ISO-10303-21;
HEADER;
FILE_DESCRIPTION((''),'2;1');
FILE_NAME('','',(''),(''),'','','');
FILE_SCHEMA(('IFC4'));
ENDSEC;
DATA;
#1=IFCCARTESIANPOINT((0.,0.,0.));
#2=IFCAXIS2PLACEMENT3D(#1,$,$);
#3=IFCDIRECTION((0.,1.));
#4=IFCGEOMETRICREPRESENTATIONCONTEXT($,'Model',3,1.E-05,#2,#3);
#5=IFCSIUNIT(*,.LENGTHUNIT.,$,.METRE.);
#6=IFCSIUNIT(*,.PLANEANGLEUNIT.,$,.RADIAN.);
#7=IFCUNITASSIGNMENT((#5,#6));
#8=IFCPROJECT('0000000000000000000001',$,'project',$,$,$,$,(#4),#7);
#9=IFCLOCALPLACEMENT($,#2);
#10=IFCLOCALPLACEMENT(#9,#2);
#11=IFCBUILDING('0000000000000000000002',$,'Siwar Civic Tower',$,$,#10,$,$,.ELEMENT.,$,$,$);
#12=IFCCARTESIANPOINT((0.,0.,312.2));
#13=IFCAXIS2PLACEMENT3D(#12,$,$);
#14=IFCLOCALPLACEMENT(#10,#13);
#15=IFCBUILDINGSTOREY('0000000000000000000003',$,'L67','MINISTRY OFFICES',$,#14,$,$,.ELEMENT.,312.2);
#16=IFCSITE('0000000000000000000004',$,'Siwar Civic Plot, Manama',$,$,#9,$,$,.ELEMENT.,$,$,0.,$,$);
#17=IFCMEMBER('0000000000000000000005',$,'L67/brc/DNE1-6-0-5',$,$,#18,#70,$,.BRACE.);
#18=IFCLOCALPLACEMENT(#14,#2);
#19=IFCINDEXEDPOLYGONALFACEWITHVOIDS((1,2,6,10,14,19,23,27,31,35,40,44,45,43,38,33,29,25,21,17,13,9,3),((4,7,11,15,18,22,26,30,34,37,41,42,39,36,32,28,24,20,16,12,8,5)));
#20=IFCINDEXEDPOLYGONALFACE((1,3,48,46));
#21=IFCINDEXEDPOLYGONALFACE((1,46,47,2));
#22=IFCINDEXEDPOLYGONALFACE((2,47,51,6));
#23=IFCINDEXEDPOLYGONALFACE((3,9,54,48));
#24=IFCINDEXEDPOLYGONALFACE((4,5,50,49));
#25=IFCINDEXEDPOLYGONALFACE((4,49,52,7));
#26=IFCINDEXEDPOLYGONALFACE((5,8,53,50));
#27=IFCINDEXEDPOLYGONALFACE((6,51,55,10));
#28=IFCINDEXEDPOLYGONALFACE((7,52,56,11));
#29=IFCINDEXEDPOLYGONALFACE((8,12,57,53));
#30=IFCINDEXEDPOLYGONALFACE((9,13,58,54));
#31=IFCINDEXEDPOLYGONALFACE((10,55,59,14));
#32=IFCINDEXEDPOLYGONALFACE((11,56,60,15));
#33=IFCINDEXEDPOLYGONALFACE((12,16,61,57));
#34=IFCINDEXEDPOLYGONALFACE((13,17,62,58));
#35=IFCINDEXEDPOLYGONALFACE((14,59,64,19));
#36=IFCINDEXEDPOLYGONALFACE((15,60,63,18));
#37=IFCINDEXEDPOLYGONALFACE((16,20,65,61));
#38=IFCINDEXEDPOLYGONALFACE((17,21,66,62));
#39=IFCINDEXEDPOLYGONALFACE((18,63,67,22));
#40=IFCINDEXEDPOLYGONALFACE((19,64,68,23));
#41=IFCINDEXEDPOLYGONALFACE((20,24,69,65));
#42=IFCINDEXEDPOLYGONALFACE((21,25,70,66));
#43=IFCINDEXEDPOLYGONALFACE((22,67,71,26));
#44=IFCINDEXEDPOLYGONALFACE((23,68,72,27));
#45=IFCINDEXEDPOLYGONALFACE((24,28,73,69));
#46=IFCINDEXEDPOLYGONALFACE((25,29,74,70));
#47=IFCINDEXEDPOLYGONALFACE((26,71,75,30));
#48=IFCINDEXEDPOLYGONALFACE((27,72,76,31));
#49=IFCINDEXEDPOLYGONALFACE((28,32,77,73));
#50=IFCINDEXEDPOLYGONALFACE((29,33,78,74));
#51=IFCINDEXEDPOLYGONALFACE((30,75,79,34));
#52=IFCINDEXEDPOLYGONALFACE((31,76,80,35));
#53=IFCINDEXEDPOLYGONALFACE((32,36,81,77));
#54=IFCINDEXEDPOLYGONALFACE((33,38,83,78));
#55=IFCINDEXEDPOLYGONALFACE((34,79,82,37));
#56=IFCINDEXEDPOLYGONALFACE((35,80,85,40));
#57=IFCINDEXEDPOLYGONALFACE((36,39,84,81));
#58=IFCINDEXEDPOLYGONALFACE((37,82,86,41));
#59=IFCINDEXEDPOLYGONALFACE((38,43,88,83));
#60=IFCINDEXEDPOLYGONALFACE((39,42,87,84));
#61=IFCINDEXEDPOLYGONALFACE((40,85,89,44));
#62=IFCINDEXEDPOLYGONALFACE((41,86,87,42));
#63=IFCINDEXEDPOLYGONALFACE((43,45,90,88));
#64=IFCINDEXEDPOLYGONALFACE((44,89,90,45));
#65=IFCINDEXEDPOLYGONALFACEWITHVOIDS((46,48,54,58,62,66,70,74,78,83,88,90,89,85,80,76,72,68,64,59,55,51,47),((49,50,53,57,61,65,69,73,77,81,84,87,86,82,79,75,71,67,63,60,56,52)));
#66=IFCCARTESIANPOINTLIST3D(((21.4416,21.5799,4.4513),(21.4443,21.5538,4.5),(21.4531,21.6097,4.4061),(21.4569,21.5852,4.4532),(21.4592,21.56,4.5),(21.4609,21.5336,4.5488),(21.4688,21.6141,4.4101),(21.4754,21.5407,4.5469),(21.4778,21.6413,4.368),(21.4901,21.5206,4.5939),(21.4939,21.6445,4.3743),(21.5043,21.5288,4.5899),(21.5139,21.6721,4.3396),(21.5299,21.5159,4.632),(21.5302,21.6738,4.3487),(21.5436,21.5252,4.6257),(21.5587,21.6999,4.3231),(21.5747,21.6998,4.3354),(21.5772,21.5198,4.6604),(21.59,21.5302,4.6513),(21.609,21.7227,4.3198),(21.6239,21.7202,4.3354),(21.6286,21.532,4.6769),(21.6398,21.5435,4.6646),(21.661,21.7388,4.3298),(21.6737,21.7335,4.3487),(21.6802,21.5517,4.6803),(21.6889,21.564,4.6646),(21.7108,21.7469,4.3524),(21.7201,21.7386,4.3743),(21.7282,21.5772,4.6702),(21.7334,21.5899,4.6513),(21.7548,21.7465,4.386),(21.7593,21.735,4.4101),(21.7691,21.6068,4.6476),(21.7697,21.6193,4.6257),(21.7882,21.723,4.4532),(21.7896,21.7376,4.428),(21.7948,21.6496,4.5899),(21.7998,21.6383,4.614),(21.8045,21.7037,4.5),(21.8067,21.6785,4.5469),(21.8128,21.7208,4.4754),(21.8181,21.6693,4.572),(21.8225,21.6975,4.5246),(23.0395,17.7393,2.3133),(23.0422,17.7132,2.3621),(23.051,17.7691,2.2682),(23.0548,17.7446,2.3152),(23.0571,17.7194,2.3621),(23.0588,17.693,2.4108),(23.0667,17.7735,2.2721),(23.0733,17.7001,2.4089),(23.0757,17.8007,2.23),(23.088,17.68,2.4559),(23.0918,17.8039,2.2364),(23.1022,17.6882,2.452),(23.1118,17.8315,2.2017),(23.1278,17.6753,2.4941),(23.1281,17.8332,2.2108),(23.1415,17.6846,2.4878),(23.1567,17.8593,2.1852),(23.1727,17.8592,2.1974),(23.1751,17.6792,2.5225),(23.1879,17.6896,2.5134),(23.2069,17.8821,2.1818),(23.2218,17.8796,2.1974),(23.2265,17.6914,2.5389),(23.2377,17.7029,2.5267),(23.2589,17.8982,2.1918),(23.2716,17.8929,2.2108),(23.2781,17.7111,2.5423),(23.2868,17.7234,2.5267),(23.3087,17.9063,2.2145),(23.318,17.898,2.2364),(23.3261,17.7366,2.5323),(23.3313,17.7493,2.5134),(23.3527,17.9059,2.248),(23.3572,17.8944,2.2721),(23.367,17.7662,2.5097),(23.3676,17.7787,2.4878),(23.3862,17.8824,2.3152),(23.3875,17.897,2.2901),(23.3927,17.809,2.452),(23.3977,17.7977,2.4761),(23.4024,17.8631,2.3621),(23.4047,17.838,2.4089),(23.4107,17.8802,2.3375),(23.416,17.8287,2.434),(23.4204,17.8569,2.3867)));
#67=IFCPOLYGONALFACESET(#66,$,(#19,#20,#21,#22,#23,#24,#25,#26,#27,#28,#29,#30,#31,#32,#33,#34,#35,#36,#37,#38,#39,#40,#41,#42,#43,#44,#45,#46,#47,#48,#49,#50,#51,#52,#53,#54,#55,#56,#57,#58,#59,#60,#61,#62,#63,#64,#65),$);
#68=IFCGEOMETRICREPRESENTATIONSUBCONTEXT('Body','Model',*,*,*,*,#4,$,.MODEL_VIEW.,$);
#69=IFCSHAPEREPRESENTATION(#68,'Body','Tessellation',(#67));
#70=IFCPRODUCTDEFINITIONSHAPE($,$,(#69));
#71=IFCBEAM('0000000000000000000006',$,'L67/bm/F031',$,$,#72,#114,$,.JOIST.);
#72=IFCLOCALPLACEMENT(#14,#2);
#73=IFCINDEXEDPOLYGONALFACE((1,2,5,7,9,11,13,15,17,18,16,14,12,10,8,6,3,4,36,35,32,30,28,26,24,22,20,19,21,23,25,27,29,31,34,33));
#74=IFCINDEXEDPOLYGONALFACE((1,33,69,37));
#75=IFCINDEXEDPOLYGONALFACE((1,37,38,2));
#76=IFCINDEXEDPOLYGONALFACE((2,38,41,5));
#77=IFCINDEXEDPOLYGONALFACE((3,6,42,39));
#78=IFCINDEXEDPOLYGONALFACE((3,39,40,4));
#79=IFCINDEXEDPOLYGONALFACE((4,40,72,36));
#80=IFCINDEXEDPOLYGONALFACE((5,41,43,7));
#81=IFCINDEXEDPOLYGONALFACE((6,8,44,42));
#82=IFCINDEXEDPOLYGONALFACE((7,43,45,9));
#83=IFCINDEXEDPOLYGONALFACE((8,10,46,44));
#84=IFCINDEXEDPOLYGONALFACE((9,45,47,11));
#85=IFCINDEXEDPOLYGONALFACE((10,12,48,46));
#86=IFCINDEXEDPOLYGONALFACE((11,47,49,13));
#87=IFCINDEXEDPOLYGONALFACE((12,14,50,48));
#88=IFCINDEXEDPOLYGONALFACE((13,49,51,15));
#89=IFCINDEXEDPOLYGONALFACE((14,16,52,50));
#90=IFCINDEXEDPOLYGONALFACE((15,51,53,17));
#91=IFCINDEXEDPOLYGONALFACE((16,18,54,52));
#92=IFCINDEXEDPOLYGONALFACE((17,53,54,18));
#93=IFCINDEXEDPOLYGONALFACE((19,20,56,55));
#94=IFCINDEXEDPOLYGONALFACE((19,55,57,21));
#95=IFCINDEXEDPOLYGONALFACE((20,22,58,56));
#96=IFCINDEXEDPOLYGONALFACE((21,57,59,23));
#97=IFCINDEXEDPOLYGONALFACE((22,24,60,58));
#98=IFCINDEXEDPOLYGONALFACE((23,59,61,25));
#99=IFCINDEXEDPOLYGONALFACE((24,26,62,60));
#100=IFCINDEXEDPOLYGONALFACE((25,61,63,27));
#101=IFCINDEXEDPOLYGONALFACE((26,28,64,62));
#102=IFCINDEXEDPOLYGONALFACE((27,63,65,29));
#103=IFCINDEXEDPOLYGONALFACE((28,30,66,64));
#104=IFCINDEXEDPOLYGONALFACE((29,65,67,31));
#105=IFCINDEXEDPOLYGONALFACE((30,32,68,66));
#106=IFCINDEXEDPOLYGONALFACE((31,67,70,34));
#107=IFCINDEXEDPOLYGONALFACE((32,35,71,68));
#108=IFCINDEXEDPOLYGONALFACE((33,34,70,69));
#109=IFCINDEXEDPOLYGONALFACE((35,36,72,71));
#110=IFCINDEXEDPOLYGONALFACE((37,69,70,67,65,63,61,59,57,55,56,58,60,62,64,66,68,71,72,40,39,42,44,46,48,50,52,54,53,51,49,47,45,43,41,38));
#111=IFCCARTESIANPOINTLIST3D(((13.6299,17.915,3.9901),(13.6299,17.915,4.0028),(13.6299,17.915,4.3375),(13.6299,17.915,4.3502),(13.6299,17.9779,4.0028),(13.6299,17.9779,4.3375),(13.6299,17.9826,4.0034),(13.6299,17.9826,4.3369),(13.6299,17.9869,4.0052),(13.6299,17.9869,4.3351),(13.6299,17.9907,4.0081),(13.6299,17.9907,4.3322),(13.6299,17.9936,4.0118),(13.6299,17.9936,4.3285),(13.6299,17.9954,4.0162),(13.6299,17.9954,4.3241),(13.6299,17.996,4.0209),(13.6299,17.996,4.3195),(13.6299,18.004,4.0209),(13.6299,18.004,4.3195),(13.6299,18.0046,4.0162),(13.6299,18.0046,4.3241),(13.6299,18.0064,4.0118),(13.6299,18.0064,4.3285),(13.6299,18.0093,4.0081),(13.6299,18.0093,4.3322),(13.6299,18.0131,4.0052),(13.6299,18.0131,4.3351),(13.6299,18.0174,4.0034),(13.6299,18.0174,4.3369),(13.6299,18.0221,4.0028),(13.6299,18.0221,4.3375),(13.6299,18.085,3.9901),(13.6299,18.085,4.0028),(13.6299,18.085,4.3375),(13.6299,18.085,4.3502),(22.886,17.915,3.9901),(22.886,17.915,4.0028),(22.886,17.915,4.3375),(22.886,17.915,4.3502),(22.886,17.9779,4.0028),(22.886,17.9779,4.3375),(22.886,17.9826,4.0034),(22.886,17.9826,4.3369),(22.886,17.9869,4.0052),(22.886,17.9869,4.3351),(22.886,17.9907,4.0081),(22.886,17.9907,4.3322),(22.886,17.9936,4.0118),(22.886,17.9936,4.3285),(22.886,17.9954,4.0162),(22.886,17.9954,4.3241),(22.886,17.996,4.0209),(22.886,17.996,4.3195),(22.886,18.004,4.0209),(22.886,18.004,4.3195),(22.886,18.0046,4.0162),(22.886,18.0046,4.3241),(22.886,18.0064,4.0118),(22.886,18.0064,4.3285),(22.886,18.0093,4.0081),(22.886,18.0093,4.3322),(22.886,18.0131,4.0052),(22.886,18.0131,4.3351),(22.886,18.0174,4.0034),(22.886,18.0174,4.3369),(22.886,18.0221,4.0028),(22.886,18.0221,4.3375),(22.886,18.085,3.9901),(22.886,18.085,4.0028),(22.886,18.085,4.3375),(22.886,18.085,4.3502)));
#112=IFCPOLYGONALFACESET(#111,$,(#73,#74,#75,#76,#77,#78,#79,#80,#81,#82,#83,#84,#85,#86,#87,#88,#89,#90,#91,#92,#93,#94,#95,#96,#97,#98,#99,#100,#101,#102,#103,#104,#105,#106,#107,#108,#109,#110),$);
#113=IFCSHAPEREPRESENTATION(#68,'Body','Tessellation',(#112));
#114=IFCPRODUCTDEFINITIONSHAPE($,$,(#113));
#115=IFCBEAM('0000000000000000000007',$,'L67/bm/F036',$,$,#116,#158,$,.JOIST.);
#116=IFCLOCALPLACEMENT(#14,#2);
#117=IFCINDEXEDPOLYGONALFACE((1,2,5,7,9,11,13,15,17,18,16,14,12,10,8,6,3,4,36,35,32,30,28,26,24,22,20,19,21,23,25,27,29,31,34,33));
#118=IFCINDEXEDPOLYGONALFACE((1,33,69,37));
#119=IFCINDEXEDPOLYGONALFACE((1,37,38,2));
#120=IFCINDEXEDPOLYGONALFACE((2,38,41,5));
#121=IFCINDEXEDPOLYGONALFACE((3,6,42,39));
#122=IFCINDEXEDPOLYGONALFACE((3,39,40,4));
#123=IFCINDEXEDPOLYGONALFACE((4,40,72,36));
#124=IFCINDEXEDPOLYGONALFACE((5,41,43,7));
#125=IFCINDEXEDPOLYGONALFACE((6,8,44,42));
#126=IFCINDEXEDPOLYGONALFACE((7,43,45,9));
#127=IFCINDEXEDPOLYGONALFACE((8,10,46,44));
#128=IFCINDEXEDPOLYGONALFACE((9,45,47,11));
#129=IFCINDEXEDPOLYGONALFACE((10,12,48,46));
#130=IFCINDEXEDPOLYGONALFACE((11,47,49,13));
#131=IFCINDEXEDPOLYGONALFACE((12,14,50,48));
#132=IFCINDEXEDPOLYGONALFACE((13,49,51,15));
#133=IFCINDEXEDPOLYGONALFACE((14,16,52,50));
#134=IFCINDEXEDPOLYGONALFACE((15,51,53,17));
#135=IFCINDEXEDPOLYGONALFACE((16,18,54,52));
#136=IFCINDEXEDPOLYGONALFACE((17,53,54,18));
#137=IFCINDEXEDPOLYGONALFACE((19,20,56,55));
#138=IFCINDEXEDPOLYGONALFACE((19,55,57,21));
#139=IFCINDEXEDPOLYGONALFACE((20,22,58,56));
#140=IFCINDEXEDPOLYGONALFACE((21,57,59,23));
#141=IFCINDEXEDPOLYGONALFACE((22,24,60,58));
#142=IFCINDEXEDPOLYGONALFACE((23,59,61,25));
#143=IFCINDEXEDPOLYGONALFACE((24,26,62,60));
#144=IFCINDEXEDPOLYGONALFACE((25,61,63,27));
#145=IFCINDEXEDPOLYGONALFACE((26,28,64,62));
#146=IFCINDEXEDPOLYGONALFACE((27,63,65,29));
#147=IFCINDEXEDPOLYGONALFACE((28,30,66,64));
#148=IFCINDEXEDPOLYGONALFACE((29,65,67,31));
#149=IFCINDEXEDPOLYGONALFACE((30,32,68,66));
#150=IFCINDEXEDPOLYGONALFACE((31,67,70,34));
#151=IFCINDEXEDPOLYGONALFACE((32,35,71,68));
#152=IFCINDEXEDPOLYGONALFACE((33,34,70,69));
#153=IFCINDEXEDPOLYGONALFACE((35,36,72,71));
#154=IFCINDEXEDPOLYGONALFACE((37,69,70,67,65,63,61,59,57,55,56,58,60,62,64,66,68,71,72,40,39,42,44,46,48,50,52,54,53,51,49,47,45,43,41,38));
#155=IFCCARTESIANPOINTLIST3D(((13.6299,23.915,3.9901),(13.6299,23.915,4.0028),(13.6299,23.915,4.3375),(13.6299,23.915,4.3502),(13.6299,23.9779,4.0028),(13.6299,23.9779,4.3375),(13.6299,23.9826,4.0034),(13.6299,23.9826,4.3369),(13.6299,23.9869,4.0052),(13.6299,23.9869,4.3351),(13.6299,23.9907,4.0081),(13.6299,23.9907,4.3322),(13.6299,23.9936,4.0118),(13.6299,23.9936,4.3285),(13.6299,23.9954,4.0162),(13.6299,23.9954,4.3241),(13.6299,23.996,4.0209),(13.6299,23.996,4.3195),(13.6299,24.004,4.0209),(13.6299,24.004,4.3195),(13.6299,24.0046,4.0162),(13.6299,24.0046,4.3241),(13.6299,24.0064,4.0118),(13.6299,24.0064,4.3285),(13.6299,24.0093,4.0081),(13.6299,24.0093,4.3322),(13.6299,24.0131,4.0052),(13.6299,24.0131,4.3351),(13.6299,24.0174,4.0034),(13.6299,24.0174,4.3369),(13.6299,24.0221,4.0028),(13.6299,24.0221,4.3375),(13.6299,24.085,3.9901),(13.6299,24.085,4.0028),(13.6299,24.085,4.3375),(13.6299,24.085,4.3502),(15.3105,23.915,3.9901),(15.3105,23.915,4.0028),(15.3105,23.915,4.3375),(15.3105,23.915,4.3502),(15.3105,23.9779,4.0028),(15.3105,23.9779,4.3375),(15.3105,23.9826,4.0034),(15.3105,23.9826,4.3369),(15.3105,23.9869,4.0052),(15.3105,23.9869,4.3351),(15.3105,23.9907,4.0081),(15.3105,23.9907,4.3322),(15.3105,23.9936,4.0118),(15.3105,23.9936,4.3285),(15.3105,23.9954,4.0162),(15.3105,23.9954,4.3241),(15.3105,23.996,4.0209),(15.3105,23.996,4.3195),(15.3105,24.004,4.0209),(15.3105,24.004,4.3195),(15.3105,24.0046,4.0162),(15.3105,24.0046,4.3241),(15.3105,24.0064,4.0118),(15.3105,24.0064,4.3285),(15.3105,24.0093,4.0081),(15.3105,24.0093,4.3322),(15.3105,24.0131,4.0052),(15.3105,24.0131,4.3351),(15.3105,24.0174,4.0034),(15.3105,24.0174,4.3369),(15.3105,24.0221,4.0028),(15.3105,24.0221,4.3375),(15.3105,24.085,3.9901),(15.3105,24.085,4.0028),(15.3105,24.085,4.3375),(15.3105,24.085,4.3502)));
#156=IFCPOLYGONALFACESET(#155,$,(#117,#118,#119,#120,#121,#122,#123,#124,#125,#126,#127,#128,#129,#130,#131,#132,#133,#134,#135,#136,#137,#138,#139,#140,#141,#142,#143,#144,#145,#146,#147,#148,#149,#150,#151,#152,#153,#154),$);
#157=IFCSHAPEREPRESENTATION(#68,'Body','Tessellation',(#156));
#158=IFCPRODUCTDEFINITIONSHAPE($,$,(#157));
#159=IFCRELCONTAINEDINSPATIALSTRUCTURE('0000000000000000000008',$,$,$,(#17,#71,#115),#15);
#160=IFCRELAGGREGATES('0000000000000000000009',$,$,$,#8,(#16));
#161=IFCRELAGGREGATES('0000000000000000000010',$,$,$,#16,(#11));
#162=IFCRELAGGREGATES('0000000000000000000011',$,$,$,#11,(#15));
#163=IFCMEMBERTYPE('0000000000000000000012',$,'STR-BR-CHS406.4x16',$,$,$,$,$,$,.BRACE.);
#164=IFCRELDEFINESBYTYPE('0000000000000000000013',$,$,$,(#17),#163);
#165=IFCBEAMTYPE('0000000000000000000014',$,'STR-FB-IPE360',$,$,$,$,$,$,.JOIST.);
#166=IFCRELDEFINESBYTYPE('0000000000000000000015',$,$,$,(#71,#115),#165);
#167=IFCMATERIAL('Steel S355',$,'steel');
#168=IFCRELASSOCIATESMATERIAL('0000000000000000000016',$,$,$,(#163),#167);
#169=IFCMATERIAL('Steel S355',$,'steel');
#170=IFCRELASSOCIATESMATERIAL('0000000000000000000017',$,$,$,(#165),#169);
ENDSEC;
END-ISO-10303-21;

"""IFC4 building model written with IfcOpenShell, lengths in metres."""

from ifc_helpers import new_model, si_unit, direction, frame, origin, origin_2d, place, context, subcontext, project, spatial, hollow_circle, i_section, extrude, material, material_profile, profile_set, type_object, element, save


model = new_model("IFC4")

# Units and contexts
model_context = context("Model", 3, precision=1e-05, world=origin(), true_north=direction((0.0, 1.0)))
body_context = subcontext(model_context, "Body", "Model", "MODEL_VIEW")
ifc_project = project(units=[si_unit("LENGTHUNIT", "METRE"), si_unit("PLANEANGLEUNIT", "RADIAN")], contexts=[model_context])

# Site, building, storey
site_placement = place(None, origin())
site = spatial("IfcSite", under=ifc_project, at=site_placement, Name="Siwar Civic Plot, Manama", CompositionType="ELEMENT", RefElevation=0.0)
building_placement = place(site_placement, origin())
building = spatial("IfcBuilding", under=site, at=building_placement, Name="Siwar Civic Tower", CompositionType="ELEMENT")
storey_placement = place(building_placement, frame((0.0, 0.0, 312.2)))
storey = spatial("IfcBuildingStorey", under=building, at=storey_placement, Name="L67", Description="MINISTRY OFFICES", CompositionType="ELEMENT", Elevation=312.2)

# Member
ifc_material_1 = material(Name="Steel S355", Category="steel")
ifc_material_profile_1 = material_profile(ifc_material_1, hollow_circle(Radius=0.2031, WallThickness=0.0161, at=origin_2d()), Name="CHS406.4x16")
ifc_profile_set_1 = profile_set([ifc_material_profile_1], Name="Steel S355")
member_type_1 = type_object("IfcMemberType", Name="STR-BR-CHS406.4x16", PredefinedType="BRACE", material=ifc_profile_set_1)
for number, where, z_axis, x_axis, name in (
    (1, (23.2297, 17.7913, 2.3621), (-0.341653, 0.821167, 0.45712), (-0.923276, -0.384136, 0.0), "L67/brc/DNE1-6-0-5"),
):
    element("IfcMember", number, at=place(storey_placement, frame(where, z_axis=z_axis, x_axis=x_axis)), inside=storey, type_object=member_type_1, Name=name, PredefinedType="BRACE", context=body_context, shape_type="SweptSolid", body=[
        extrude(hollow_circle(Radius=0.2031, WallThickness=0.0161, at=origin_2d()), origin(), (0.0, 0.0, 1.0), 4.677),
    ])

# Beams
ifc_material_2 = material(Name="Steel S355", Category="steel")
ifc_material_profile_2 = material_profile(ifc_material_2, i_section(OverallWidth=0.1699, OverallDepth=0.3601, WebThickness=0.0081, FlangeThickness=0.0127, FilletRadius=0.0181, at=origin_2d()), Name="IPE360")
ifc_profile_set_2 = profile_set([ifc_material_profile_2], Name="Steel S355")
beam_type_1 = type_object("IfcBeamType", Name="STR-FB-IPE360", PredefinedType="JOIST", material=ifc_profile_set_2)
beam_1_placement = place(storey_placement, frame((13.6299, 18.0, 4.1702), z_axis=(1.0, 0.0, 0.0), x_axis=(0.0, 1.0, 0.0)))
element("IfcBeam", 2, at=beam_1_placement, inside=storey, type_object=beam_type_1, Name="L67/bm/F031", PredefinedType="JOIST", context=body_context, shape_type="SweptSolid", body=[
    extrude(i_section(OverallWidth=0.1699, OverallDepth=0.3601, WebThickness=0.0081, FlangeThickness=0.0127, FilletRadius=0.0181, at=origin_2d()), origin(), (0.0, 0.0, 1.0), 9.2561),
])
beam_2_placement = place(storey_placement, frame((13.6299, 24.0, 4.1702), z_axis=(1.0, 0.0, 0.0), x_axis=(0.0, 1.0, 0.0)))
element("IfcBeam", 3, at=beam_2_placement, inside=storey, type_object=beam_type_1, Name="L67/bm/F036", PredefinedType="JOIST", context=body_context, shape_type="SweptSolid", body=[
    extrude(i_section(OverallWidth=0.1699, OverallDepth=0.3601, WebThickness=0.0081, FlangeThickness=0.0127, FilletRadius=0.0181, at=origin_2d()), origin(), (0.0, 0.0, 1.0), 1.6807),
])

save(model, "model.ifc")
